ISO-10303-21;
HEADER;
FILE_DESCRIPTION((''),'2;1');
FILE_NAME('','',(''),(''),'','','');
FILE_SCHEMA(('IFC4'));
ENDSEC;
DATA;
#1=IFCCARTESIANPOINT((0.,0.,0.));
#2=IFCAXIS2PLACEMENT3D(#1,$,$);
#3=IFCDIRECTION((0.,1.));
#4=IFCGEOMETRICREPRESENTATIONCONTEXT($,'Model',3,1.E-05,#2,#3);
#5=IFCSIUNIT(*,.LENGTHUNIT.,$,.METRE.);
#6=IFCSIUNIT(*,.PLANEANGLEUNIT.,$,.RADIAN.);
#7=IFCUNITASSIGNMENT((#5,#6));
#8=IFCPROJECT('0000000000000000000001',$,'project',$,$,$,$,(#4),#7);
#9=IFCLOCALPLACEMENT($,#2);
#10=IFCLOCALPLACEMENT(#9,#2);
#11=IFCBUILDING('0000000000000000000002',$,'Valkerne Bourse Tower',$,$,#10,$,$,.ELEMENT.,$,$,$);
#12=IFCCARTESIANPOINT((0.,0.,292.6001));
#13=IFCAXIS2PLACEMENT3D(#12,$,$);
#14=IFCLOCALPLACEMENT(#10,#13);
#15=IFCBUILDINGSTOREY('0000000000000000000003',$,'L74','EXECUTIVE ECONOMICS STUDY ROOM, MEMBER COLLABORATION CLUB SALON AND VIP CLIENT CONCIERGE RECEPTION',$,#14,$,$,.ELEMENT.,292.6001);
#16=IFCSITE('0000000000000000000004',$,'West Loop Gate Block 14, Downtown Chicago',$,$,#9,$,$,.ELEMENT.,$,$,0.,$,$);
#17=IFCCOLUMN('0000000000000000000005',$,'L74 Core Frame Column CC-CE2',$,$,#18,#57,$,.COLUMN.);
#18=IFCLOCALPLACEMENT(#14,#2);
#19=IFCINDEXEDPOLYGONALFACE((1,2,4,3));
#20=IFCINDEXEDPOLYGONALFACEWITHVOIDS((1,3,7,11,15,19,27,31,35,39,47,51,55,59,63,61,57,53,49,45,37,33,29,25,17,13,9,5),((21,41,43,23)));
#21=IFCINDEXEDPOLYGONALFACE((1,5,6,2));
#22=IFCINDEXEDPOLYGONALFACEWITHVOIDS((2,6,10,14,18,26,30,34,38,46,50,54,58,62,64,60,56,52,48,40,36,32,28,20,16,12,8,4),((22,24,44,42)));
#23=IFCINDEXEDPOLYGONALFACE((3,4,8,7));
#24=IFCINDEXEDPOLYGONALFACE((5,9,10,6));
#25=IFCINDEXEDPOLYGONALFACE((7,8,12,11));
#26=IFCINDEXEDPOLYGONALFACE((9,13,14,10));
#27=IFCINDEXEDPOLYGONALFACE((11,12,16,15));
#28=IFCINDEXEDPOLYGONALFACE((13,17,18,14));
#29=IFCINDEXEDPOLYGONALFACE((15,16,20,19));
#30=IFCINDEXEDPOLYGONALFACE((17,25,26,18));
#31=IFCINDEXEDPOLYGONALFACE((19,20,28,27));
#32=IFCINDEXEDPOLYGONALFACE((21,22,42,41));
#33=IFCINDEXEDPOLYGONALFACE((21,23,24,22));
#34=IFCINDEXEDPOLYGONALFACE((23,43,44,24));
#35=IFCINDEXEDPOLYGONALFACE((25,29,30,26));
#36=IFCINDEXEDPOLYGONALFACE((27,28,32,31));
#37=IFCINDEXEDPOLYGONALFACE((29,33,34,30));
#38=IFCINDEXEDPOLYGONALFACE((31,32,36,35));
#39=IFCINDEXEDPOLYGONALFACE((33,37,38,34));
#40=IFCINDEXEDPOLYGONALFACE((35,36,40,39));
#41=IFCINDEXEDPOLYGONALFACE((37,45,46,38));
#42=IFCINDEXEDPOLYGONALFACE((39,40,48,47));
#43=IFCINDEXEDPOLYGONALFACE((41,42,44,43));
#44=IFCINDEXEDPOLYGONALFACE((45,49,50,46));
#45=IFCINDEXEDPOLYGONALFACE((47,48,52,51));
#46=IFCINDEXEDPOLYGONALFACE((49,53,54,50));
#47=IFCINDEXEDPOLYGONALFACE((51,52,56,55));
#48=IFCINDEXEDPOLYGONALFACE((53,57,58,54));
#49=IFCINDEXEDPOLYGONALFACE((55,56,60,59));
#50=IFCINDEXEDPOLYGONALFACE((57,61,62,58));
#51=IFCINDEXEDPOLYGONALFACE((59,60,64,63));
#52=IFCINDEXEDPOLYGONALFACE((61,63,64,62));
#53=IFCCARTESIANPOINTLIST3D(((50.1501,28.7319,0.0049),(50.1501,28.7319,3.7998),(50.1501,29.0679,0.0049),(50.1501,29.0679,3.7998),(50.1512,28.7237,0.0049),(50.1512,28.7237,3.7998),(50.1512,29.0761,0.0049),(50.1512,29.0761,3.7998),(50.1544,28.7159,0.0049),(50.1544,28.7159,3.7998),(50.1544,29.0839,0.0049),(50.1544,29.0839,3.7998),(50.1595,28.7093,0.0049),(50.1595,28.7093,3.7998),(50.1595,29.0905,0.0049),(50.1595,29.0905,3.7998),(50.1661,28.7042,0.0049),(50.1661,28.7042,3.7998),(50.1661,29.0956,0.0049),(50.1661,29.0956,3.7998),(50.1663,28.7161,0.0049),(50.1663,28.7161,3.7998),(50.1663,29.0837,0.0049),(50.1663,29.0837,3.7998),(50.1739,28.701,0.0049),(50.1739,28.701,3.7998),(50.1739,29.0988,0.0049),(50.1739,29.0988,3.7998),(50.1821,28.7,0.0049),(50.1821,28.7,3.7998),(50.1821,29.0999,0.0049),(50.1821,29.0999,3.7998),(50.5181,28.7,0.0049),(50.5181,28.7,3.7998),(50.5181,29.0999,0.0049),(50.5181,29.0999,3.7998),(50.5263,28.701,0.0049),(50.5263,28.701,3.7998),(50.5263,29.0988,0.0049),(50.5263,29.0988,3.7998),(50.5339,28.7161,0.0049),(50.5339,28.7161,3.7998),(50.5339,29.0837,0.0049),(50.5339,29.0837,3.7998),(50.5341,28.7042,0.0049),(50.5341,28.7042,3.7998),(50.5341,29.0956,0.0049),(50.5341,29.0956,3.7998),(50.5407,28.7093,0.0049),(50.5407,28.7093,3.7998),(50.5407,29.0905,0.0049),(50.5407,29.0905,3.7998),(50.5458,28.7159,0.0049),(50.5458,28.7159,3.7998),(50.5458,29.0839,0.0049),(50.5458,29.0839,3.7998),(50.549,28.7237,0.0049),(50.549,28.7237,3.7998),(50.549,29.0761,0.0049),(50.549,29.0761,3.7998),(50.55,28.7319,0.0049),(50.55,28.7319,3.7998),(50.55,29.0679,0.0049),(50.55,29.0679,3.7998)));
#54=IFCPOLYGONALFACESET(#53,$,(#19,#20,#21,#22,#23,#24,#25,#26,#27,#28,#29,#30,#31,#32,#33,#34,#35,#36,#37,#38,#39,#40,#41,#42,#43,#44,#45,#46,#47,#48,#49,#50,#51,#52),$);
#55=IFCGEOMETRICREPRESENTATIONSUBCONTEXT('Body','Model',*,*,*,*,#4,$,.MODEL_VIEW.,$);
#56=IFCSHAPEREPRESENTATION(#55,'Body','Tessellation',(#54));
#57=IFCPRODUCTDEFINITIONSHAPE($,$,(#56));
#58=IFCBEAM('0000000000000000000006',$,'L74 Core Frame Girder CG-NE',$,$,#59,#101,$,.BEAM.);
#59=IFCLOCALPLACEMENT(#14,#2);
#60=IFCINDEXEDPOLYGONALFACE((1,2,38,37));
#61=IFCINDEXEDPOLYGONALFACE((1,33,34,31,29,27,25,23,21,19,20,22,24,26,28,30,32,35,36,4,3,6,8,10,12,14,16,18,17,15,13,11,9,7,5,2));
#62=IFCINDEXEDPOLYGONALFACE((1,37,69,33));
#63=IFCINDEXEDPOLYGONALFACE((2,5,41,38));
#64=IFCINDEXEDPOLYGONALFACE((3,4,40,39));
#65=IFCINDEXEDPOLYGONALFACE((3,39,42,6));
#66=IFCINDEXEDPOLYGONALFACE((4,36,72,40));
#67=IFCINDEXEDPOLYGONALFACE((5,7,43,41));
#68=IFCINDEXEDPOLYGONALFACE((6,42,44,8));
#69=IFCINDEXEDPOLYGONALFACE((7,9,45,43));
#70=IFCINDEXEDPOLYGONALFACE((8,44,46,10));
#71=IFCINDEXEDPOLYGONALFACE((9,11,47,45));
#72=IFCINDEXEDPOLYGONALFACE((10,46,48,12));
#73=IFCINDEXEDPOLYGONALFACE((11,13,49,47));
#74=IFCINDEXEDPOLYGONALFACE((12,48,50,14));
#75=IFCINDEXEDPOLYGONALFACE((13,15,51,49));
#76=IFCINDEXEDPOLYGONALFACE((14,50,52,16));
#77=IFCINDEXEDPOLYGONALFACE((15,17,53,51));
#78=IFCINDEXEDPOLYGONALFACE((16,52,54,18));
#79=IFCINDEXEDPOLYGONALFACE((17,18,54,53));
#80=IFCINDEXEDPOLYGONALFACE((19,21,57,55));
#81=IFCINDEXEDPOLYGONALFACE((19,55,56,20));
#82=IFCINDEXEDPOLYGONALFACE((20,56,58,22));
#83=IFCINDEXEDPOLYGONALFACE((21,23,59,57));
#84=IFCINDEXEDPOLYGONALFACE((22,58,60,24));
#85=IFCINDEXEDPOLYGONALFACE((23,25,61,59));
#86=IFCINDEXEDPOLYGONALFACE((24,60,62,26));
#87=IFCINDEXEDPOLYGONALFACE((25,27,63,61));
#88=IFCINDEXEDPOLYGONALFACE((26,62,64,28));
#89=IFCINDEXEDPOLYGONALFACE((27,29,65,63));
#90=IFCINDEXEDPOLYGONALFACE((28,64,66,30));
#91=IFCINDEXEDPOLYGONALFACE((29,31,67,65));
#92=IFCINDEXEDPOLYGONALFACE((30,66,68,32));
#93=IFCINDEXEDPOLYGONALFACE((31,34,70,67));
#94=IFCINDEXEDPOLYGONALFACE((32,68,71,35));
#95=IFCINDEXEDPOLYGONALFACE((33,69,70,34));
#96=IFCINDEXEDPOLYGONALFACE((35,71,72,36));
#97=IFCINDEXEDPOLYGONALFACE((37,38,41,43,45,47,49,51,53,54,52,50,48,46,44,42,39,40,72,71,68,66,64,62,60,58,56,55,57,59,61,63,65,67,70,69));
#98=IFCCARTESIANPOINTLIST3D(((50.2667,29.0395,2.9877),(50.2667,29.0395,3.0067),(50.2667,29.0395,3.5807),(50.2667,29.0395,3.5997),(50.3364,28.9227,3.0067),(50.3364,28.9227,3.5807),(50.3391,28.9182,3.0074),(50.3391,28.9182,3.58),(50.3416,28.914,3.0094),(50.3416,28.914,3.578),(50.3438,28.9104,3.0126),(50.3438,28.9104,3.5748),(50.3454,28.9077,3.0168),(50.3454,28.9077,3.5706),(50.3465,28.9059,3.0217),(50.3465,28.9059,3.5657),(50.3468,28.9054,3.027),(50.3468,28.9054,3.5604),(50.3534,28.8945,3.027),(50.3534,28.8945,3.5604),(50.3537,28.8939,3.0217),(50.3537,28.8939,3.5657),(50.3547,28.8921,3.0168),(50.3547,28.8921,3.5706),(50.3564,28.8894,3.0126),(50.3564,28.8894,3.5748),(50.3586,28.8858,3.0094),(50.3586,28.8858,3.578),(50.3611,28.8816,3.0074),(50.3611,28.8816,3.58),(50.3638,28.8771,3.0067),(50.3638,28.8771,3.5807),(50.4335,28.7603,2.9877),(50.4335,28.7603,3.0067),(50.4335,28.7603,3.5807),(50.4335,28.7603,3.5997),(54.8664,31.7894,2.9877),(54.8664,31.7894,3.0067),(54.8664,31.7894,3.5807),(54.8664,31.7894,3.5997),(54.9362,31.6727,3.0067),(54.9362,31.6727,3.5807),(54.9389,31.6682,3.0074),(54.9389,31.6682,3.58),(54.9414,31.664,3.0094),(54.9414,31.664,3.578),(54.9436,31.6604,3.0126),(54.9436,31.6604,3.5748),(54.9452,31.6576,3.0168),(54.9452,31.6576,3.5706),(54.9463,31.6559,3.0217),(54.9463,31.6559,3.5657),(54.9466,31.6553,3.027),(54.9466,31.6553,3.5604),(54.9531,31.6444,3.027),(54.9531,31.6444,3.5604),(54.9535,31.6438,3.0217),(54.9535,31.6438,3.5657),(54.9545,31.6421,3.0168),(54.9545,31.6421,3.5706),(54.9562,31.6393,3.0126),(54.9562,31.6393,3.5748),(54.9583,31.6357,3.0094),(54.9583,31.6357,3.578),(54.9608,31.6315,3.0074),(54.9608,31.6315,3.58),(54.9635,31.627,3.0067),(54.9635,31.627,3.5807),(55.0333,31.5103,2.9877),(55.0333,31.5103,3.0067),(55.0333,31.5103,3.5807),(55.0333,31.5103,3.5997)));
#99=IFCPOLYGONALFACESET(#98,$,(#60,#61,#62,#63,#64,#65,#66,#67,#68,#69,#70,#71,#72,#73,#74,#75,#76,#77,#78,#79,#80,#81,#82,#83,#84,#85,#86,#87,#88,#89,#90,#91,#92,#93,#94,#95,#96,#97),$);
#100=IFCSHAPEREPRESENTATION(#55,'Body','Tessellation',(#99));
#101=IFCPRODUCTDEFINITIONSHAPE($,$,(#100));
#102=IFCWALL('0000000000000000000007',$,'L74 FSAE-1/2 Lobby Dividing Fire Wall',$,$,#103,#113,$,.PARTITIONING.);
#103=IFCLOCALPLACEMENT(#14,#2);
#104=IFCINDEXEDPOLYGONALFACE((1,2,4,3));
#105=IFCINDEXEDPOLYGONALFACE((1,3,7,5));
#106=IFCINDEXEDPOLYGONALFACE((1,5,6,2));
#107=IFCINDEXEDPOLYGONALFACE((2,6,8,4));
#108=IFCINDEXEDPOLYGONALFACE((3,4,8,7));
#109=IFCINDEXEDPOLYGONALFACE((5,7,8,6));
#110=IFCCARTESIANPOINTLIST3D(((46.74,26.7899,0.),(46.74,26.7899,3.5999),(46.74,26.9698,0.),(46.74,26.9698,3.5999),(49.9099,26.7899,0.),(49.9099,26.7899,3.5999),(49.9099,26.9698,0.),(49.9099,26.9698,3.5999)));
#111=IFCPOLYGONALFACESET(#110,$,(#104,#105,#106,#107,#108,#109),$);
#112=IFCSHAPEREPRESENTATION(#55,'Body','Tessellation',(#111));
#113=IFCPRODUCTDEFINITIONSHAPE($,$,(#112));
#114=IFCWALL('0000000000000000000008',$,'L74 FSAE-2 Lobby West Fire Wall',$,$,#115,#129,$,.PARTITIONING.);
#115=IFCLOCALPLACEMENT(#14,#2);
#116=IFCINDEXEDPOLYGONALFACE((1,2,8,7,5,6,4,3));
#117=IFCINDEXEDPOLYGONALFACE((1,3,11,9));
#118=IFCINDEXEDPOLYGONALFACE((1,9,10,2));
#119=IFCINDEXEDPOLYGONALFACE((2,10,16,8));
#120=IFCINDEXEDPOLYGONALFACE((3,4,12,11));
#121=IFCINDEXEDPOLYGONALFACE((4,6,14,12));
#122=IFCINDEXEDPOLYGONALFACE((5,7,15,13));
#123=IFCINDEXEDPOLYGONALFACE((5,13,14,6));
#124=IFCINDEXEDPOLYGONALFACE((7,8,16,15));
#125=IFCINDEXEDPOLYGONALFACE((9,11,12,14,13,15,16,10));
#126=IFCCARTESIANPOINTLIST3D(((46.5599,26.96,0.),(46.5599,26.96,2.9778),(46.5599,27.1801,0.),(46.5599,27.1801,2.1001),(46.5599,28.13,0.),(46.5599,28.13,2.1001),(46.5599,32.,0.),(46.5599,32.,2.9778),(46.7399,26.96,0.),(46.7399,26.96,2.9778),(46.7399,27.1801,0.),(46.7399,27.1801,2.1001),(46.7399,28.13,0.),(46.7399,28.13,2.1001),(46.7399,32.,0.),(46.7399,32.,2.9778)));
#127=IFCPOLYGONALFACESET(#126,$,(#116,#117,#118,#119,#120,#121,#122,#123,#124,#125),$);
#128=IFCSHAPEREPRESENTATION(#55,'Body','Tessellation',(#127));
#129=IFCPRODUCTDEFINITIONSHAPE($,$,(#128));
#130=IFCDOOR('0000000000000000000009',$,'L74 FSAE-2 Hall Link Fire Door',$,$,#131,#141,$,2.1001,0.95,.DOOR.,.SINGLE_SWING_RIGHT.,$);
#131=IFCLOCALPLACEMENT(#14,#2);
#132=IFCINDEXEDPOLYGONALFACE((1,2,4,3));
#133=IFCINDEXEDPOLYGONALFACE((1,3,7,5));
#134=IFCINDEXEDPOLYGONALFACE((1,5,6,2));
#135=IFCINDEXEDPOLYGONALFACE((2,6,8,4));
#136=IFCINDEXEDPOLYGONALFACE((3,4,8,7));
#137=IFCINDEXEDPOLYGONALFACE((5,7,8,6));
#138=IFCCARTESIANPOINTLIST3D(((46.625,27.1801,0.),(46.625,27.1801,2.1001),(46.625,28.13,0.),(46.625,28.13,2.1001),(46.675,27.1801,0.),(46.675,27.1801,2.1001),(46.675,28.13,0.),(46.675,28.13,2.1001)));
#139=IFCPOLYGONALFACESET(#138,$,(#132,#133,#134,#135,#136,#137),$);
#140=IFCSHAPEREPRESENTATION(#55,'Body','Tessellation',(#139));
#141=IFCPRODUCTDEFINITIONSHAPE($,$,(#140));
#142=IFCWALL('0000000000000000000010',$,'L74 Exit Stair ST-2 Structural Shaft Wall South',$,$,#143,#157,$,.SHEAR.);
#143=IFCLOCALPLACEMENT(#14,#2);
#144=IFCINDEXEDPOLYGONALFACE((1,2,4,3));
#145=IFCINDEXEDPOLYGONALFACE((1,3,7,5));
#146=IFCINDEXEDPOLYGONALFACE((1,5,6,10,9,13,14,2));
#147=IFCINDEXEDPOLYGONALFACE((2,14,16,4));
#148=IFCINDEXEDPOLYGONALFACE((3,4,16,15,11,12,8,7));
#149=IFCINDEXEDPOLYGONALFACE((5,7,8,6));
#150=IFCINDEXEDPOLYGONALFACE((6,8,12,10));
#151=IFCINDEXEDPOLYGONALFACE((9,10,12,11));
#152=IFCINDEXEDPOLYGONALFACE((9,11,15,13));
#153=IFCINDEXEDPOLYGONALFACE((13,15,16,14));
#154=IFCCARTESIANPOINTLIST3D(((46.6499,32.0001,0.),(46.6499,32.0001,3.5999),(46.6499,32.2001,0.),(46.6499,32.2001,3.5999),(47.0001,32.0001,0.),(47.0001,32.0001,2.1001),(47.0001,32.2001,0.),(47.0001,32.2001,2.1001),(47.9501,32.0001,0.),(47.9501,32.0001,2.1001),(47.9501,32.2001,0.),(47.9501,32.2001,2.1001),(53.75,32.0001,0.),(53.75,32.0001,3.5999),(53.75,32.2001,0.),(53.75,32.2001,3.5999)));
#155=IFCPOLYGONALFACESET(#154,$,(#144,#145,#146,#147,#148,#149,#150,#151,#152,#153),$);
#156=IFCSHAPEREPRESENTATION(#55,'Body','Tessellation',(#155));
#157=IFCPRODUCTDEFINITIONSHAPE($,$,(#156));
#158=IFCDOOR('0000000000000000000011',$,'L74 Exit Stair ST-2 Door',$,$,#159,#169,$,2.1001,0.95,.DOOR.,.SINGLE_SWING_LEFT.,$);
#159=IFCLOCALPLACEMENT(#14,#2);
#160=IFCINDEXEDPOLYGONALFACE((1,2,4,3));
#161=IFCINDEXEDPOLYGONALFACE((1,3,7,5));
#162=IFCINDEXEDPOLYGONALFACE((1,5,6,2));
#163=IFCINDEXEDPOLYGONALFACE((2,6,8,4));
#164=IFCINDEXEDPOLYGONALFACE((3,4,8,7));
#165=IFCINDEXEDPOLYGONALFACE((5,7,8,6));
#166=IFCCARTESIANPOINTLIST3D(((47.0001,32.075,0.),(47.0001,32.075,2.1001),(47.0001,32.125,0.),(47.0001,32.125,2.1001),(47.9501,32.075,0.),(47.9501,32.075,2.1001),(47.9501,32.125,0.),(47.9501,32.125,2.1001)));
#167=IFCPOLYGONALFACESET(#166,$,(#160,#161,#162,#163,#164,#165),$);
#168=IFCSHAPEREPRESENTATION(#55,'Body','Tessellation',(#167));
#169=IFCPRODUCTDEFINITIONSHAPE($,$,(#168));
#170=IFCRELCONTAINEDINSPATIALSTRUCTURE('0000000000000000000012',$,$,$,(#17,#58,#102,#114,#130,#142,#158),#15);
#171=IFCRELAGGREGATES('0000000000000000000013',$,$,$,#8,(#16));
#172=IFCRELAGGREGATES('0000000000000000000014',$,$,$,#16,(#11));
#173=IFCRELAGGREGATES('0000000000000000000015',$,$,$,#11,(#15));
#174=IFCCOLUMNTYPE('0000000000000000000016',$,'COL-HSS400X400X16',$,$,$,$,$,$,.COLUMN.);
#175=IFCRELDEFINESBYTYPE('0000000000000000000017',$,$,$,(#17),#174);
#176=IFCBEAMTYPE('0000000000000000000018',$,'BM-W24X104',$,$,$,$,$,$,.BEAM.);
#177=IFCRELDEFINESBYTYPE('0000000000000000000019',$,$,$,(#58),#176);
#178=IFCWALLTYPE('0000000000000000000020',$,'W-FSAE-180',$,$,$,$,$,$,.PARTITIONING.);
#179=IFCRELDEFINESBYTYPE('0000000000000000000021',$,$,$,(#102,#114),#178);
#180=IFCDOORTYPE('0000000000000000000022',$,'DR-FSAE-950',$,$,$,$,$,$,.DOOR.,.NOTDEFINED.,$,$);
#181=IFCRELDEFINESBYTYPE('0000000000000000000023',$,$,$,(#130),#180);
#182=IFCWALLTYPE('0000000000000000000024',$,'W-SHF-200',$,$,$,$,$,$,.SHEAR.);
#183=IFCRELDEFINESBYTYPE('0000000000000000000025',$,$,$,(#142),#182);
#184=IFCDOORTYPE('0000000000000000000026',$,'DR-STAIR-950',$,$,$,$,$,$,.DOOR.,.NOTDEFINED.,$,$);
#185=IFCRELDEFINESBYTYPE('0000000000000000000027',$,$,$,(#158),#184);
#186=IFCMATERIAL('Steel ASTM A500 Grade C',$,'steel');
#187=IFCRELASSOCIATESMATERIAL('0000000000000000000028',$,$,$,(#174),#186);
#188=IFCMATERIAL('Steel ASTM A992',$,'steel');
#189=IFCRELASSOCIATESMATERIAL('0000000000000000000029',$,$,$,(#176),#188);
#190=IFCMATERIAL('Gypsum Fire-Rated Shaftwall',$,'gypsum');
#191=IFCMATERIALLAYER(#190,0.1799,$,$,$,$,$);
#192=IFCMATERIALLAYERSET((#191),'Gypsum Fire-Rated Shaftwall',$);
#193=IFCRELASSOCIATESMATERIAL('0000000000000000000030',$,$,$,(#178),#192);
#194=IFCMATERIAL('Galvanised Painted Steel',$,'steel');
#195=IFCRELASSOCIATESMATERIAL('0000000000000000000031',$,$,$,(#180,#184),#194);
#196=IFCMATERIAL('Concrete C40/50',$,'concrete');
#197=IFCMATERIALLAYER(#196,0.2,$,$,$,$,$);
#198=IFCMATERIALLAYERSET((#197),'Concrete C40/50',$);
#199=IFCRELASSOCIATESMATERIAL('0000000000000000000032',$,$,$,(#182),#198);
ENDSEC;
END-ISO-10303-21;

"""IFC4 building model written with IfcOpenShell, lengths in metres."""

from ifc_helpers import new_model, si_unit, direction, frame, frame_2d, origin, origin_2d, place, context, subcontext, project, spatial, rectangle, hollow_rectangle, i_section, extrude, material, layer, layer_set, material_profile, profile_set, type_object, element, fill, save


model = new_model("IFC4")

# Units and contexts
model_context = context("Model", 3, precision=1e-05, world=origin(), true_north=direction((0.0, 1.0)))
body_context = subcontext(model_context, "Body", "Model", "MODEL_VIEW")
ifc_project = project(units=[si_unit("LENGTHUNIT", "METRE"), si_unit("PLANEANGLEUNIT", "RADIAN")], contexts=[model_context])

# Site, building, storey
site_placement = place(None, origin())
site = spatial("IfcSite", under=ifc_project, at=site_placement, Name="West Loop Gate Block 14, Downtown Chicago", CompositionType="ELEMENT", RefElevation=0.0)
building_placement = place(site_placement, origin())
building = spatial("IfcBuilding", under=site, at=building_placement, Name="Valkerne Bourse Tower", CompositionType="ELEMENT")
storey_placement = place(building_placement, frame((0.0, 0.0, 292.6001)))
storey = spatial("IfcBuildingStorey", under=building, at=storey_placement, Name="L74", Description="EXECUTIVE ECONOMICS STUDY ROOM, MEMBER COLLABORATION CLUB SALON AND VIP CLIENT CONCIERGE RECEPTION", CompositionType="ELEMENT", Elevation=292.6001)

# Column
ifc_material_1 = material(Name="Steel ASTM A500 Grade C", Category="steel")
ifc_material_profile_1 = material_profile(ifc_material_1, hollow_rectangle(XDim=0.3999, YDim=0.3999, WallThickness=0.0161, OuterFilletRadius=0.032, at=origin_2d()), Name="HSS400X400X16")
ifc_profile_set_1 = profile_set([ifc_material_profile_1], Name="Steel ASTM A500 Grade C")
column_type = type_object("IfcColumnType", Name="COL-HSS400X400X16", PredefinedType="COLUMN", material=ifc_profile_set_1)
column_placement = place(storey_placement, frame((50.3501, 28.8999, 0.0049), z_axis=(0.0, 0.0, 1.0), x_axis=(1.0, 0.0, 0.0)))
element("IfcColumn", 1, at=column_placement, inside=storey, type_object=column_type, Name="L74 Core Frame Column CC-CE2", PredefinedType="COLUMN", context=body_context, shape_type="SweptSolid", body=[
    extrude(hollow_rectangle(XDim=0.3999, YDim=0.3999, WallThickness=0.0161, OuterFilletRadius=0.032, at=origin_2d()), origin(), (0.0, 0.0, 1.0), 3.7949),
])

# Beam
ifc_material_2 = material(Name="Steel ASTM A992", Category="steel")
ifc_material_profile_2 = material_profile(ifc_material_2, i_section(OverallWidth=0.3252, OverallDepth=0.6121, WebThickness=0.0127, FlangeThickness=0.019, FilletRadius=0.0203, at=origin_2d()), Name="W24X104")
ifc_profile_set_2 = profile_set([ifc_material_profile_2], Name="Steel ASTM A992")
beam_type = type_object("IfcBeamType", Name="BM-W24X104", PredefinedType="BEAM", material=ifc_profile_set_2)
beam_placement = place(storey_placement, frame((50.3501, 28.8999, 3.2937), z_axis=(0.858308, 0.513135, 0.0), x_axis=(-0.513135, 0.858308, 0.0)))
element("IfcBeam", 2, at=beam_placement, inside=storey, type_object=beam_type, Name="L74 Core Frame Girder CG-NE", PredefinedType="BEAM", context=body_context, shape_type="SweptSolid", body=[
    extrude(i_section(OverallWidth=0.3252, OverallDepth=0.6121, WebThickness=0.0127, FlangeThickness=0.019, FilletRadius=0.0203, at=origin_2d()), origin(), (0.0, 0.0, 1.0), 5.3591),
])

# Wall
ifc_material_3 = material(Name="Gypsum Fire-Rated Shaftwall", Category="gypsum")
ifc_layer_1 = layer(ifc_material_3, 0.1799)
ifc_layer_set_1 = layer_set([ifc_layer_1], Name="Gypsum Fire-Rated Shaftwall")
wall_type_1 = type_object("IfcWallType", Name="W-FSAE-180", PredefinedType="PARTITIONING", material=ifc_layer_set_1)
wall_1_placement = place(storey_placement, frame((46.74, 26.8799, 0.0), z_axis=(0.0, 0.0, 1.0), x_axis=(1.0, 0.0, 0.0)))
element("IfcWall", 3, at=wall_1_placement, inside=storey, type_object=wall_type_1, Name="L74 FSAE-1/2 Lobby Dividing Fire Wall", PredefinedType="PARTITIONING", context=body_context, shape_type="SweptSolid", body=[
    extrude(rectangle(XDim=3.1699, YDim=0.1799, at=frame_2d((1.585, 0.0))), origin(), (0.0, 0.0, 1.0), 3.5999),
])

# Wall, opening, door
wall_2_placement = place(storey_placement, frame((46.6499, 26.96, 0.0), z_axis=(0.0, 0.0, 1.0), x_axis=(0.0, 1.0, 0.0)))
wall_2 = element("IfcWall", 4, at=wall_2_placement, inside=storey, type_object=wall_type_1, Name="L74 FSAE-2 Lobby West Fire Wall", PredefinedType="PARTITIONING", context=body_context, shape_type="SweptSolid", body=[
    extrude(rectangle(XDim=5.04, YDim=0.1799, at=frame_2d((2.52, 0.0))), origin(), (0.0, 0.0, 1.0), 2.9778),
])
opening_1_placement = place(wall_2_placement, frame((0.22, 0.0, 0.0)))
opening_1 = element("IfcOpeningElement", 5, at=opening_1_placement, cuts=wall_2, PredefinedType="OPENING", context=body_context, shape_type="SweptSolid", body=[
    extrude(rectangle(XDim=0.95, YDim=2.1001, at=frame_2d((0.4751, 1.05))), frame((0.0, 0.0999, 0.0), z_axis=(0.0, -1.0, 0.0), x_axis=(1.0, 0.0, 0.0)), (0.0, 0.0, 1.0), 0.2),
])
ifc_material_4 = material(Name="Galvanised Painted Steel", Category="steel")
door_type_1 = type_object("IfcDoorType", Name="DR-FSAE-950", OperationType="NOTDEFINED", PredefinedType="DOOR", material=ifc_material_4)
door_1_placement = place(opening_1_placement, origin())
door_1 = element("IfcDoor", 6, at=door_1_placement, inside=storey, type_object=door_type_1, Name="L74 FSAE-2 Hall Link Fire Door", OperationType="SINGLE_SWING_RIGHT", OverallHeight=2.1001, OverallWidth=0.95, PredefinedType="DOOR", context=body_context, shape_type="SweptSolid", body=[
    extrude(rectangle(XDim=0.95, YDim=2.1001, at=frame_2d((0.4751, 1.05))), frame((0.0, 0.0249, 0.0), z_axis=(0.0, -1.0, 0.0), x_axis=(1.0, 0.0, 0.0)), (0.0, 0.0, 1.0), 0.05),
])
fill(opening_1, door_1)

# Wall, opening, door
ifc_material_5 = material(Name="Concrete C40/50", Category="concrete")
ifc_layer_2 = layer(ifc_material_5, 0.2)
ifc_layer_set_2 = layer_set([ifc_layer_2], Name="Concrete C40/50")
wall_type_2 = type_object("IfcWallType", Name="W-SHF-200", PredefinedType="SHEAR", material=ifc_layer_set_2)
wall_3_placement = place(storey_placement, frame((46.6499, 32.1001, 0.0), z_axis=(0.0, 0.0, 1.0), x_axis=(1.0, 0.0, 0.0)))
wall_3 = element("IfcWall", 7, at=wall_3_placement, inside=storey, type_object=wall_type_2, Name="L74 Exit Stair ST-2 Structural Shaft Wall South", PredefinedType="SHEAR", context=body_context, shape_type="SweptSolid", body=[
    extrude(rectangle(XDim=7.1001, YDim=0.2, at=frame_2d((3.55, 0.0))), origin(), (0.0, 0.0, 1.0), 3.5999),
])
opening_2_placement = place(wall_3_placement, frame((0.3501, 0.0, 0.0)))
opening_2 = element("IfcOpeningElement", 8, at=opening_2_placement, cuts=wall_3, PredefinedType="OPENING", context=body_context, shape_type="SweptSolid", body=[
    extrude(rectangle(XDim=0.95, YDim=2.1001, at=frame_2d((0.4751, 1.05))), frame((0.0, 0.1099, 0.0), z_axis=(0.0, -1.0, 0.0), x_axis=(1.0, 0.0, 0.0)), (0.0, 0.0, 1.0), 0.22),
])
door_type_2 = type_object("IfcDoorType", Name="DR-STAIR-950", OperationType="NOTDEFINED", PredefinedType="DOOR", material=ifc_material_4)
door_2_placement = place(opening_2_placement, origin())
door_2 = element("IfcDoor", 9, at=door_2_placement, inside=storey, type_object=door_type_2, Name="L74 Exit Stair ST-2 Door", OperationType="SINGLE_SWING_LEFT", OverallHeight=2.1001, OverallWidth=0.95, PredefinedType="DOOR", context=body_context, shape_type="SweptSolid", body=[
    extrude(rectangle(XDim=0.95, YDim=2.1001, at=frame_2d((0.4751, 1.05))), frame((0.0, 0.0249, 0.0), z_axis=(0.0, -1.0, 0.0), x_axis=(1.0, 0.0, 0.0)), (0.0, 0.0, 1.0), 0.05),
])
fill(opening_2, door_2)

save(model, "model.ifc")
